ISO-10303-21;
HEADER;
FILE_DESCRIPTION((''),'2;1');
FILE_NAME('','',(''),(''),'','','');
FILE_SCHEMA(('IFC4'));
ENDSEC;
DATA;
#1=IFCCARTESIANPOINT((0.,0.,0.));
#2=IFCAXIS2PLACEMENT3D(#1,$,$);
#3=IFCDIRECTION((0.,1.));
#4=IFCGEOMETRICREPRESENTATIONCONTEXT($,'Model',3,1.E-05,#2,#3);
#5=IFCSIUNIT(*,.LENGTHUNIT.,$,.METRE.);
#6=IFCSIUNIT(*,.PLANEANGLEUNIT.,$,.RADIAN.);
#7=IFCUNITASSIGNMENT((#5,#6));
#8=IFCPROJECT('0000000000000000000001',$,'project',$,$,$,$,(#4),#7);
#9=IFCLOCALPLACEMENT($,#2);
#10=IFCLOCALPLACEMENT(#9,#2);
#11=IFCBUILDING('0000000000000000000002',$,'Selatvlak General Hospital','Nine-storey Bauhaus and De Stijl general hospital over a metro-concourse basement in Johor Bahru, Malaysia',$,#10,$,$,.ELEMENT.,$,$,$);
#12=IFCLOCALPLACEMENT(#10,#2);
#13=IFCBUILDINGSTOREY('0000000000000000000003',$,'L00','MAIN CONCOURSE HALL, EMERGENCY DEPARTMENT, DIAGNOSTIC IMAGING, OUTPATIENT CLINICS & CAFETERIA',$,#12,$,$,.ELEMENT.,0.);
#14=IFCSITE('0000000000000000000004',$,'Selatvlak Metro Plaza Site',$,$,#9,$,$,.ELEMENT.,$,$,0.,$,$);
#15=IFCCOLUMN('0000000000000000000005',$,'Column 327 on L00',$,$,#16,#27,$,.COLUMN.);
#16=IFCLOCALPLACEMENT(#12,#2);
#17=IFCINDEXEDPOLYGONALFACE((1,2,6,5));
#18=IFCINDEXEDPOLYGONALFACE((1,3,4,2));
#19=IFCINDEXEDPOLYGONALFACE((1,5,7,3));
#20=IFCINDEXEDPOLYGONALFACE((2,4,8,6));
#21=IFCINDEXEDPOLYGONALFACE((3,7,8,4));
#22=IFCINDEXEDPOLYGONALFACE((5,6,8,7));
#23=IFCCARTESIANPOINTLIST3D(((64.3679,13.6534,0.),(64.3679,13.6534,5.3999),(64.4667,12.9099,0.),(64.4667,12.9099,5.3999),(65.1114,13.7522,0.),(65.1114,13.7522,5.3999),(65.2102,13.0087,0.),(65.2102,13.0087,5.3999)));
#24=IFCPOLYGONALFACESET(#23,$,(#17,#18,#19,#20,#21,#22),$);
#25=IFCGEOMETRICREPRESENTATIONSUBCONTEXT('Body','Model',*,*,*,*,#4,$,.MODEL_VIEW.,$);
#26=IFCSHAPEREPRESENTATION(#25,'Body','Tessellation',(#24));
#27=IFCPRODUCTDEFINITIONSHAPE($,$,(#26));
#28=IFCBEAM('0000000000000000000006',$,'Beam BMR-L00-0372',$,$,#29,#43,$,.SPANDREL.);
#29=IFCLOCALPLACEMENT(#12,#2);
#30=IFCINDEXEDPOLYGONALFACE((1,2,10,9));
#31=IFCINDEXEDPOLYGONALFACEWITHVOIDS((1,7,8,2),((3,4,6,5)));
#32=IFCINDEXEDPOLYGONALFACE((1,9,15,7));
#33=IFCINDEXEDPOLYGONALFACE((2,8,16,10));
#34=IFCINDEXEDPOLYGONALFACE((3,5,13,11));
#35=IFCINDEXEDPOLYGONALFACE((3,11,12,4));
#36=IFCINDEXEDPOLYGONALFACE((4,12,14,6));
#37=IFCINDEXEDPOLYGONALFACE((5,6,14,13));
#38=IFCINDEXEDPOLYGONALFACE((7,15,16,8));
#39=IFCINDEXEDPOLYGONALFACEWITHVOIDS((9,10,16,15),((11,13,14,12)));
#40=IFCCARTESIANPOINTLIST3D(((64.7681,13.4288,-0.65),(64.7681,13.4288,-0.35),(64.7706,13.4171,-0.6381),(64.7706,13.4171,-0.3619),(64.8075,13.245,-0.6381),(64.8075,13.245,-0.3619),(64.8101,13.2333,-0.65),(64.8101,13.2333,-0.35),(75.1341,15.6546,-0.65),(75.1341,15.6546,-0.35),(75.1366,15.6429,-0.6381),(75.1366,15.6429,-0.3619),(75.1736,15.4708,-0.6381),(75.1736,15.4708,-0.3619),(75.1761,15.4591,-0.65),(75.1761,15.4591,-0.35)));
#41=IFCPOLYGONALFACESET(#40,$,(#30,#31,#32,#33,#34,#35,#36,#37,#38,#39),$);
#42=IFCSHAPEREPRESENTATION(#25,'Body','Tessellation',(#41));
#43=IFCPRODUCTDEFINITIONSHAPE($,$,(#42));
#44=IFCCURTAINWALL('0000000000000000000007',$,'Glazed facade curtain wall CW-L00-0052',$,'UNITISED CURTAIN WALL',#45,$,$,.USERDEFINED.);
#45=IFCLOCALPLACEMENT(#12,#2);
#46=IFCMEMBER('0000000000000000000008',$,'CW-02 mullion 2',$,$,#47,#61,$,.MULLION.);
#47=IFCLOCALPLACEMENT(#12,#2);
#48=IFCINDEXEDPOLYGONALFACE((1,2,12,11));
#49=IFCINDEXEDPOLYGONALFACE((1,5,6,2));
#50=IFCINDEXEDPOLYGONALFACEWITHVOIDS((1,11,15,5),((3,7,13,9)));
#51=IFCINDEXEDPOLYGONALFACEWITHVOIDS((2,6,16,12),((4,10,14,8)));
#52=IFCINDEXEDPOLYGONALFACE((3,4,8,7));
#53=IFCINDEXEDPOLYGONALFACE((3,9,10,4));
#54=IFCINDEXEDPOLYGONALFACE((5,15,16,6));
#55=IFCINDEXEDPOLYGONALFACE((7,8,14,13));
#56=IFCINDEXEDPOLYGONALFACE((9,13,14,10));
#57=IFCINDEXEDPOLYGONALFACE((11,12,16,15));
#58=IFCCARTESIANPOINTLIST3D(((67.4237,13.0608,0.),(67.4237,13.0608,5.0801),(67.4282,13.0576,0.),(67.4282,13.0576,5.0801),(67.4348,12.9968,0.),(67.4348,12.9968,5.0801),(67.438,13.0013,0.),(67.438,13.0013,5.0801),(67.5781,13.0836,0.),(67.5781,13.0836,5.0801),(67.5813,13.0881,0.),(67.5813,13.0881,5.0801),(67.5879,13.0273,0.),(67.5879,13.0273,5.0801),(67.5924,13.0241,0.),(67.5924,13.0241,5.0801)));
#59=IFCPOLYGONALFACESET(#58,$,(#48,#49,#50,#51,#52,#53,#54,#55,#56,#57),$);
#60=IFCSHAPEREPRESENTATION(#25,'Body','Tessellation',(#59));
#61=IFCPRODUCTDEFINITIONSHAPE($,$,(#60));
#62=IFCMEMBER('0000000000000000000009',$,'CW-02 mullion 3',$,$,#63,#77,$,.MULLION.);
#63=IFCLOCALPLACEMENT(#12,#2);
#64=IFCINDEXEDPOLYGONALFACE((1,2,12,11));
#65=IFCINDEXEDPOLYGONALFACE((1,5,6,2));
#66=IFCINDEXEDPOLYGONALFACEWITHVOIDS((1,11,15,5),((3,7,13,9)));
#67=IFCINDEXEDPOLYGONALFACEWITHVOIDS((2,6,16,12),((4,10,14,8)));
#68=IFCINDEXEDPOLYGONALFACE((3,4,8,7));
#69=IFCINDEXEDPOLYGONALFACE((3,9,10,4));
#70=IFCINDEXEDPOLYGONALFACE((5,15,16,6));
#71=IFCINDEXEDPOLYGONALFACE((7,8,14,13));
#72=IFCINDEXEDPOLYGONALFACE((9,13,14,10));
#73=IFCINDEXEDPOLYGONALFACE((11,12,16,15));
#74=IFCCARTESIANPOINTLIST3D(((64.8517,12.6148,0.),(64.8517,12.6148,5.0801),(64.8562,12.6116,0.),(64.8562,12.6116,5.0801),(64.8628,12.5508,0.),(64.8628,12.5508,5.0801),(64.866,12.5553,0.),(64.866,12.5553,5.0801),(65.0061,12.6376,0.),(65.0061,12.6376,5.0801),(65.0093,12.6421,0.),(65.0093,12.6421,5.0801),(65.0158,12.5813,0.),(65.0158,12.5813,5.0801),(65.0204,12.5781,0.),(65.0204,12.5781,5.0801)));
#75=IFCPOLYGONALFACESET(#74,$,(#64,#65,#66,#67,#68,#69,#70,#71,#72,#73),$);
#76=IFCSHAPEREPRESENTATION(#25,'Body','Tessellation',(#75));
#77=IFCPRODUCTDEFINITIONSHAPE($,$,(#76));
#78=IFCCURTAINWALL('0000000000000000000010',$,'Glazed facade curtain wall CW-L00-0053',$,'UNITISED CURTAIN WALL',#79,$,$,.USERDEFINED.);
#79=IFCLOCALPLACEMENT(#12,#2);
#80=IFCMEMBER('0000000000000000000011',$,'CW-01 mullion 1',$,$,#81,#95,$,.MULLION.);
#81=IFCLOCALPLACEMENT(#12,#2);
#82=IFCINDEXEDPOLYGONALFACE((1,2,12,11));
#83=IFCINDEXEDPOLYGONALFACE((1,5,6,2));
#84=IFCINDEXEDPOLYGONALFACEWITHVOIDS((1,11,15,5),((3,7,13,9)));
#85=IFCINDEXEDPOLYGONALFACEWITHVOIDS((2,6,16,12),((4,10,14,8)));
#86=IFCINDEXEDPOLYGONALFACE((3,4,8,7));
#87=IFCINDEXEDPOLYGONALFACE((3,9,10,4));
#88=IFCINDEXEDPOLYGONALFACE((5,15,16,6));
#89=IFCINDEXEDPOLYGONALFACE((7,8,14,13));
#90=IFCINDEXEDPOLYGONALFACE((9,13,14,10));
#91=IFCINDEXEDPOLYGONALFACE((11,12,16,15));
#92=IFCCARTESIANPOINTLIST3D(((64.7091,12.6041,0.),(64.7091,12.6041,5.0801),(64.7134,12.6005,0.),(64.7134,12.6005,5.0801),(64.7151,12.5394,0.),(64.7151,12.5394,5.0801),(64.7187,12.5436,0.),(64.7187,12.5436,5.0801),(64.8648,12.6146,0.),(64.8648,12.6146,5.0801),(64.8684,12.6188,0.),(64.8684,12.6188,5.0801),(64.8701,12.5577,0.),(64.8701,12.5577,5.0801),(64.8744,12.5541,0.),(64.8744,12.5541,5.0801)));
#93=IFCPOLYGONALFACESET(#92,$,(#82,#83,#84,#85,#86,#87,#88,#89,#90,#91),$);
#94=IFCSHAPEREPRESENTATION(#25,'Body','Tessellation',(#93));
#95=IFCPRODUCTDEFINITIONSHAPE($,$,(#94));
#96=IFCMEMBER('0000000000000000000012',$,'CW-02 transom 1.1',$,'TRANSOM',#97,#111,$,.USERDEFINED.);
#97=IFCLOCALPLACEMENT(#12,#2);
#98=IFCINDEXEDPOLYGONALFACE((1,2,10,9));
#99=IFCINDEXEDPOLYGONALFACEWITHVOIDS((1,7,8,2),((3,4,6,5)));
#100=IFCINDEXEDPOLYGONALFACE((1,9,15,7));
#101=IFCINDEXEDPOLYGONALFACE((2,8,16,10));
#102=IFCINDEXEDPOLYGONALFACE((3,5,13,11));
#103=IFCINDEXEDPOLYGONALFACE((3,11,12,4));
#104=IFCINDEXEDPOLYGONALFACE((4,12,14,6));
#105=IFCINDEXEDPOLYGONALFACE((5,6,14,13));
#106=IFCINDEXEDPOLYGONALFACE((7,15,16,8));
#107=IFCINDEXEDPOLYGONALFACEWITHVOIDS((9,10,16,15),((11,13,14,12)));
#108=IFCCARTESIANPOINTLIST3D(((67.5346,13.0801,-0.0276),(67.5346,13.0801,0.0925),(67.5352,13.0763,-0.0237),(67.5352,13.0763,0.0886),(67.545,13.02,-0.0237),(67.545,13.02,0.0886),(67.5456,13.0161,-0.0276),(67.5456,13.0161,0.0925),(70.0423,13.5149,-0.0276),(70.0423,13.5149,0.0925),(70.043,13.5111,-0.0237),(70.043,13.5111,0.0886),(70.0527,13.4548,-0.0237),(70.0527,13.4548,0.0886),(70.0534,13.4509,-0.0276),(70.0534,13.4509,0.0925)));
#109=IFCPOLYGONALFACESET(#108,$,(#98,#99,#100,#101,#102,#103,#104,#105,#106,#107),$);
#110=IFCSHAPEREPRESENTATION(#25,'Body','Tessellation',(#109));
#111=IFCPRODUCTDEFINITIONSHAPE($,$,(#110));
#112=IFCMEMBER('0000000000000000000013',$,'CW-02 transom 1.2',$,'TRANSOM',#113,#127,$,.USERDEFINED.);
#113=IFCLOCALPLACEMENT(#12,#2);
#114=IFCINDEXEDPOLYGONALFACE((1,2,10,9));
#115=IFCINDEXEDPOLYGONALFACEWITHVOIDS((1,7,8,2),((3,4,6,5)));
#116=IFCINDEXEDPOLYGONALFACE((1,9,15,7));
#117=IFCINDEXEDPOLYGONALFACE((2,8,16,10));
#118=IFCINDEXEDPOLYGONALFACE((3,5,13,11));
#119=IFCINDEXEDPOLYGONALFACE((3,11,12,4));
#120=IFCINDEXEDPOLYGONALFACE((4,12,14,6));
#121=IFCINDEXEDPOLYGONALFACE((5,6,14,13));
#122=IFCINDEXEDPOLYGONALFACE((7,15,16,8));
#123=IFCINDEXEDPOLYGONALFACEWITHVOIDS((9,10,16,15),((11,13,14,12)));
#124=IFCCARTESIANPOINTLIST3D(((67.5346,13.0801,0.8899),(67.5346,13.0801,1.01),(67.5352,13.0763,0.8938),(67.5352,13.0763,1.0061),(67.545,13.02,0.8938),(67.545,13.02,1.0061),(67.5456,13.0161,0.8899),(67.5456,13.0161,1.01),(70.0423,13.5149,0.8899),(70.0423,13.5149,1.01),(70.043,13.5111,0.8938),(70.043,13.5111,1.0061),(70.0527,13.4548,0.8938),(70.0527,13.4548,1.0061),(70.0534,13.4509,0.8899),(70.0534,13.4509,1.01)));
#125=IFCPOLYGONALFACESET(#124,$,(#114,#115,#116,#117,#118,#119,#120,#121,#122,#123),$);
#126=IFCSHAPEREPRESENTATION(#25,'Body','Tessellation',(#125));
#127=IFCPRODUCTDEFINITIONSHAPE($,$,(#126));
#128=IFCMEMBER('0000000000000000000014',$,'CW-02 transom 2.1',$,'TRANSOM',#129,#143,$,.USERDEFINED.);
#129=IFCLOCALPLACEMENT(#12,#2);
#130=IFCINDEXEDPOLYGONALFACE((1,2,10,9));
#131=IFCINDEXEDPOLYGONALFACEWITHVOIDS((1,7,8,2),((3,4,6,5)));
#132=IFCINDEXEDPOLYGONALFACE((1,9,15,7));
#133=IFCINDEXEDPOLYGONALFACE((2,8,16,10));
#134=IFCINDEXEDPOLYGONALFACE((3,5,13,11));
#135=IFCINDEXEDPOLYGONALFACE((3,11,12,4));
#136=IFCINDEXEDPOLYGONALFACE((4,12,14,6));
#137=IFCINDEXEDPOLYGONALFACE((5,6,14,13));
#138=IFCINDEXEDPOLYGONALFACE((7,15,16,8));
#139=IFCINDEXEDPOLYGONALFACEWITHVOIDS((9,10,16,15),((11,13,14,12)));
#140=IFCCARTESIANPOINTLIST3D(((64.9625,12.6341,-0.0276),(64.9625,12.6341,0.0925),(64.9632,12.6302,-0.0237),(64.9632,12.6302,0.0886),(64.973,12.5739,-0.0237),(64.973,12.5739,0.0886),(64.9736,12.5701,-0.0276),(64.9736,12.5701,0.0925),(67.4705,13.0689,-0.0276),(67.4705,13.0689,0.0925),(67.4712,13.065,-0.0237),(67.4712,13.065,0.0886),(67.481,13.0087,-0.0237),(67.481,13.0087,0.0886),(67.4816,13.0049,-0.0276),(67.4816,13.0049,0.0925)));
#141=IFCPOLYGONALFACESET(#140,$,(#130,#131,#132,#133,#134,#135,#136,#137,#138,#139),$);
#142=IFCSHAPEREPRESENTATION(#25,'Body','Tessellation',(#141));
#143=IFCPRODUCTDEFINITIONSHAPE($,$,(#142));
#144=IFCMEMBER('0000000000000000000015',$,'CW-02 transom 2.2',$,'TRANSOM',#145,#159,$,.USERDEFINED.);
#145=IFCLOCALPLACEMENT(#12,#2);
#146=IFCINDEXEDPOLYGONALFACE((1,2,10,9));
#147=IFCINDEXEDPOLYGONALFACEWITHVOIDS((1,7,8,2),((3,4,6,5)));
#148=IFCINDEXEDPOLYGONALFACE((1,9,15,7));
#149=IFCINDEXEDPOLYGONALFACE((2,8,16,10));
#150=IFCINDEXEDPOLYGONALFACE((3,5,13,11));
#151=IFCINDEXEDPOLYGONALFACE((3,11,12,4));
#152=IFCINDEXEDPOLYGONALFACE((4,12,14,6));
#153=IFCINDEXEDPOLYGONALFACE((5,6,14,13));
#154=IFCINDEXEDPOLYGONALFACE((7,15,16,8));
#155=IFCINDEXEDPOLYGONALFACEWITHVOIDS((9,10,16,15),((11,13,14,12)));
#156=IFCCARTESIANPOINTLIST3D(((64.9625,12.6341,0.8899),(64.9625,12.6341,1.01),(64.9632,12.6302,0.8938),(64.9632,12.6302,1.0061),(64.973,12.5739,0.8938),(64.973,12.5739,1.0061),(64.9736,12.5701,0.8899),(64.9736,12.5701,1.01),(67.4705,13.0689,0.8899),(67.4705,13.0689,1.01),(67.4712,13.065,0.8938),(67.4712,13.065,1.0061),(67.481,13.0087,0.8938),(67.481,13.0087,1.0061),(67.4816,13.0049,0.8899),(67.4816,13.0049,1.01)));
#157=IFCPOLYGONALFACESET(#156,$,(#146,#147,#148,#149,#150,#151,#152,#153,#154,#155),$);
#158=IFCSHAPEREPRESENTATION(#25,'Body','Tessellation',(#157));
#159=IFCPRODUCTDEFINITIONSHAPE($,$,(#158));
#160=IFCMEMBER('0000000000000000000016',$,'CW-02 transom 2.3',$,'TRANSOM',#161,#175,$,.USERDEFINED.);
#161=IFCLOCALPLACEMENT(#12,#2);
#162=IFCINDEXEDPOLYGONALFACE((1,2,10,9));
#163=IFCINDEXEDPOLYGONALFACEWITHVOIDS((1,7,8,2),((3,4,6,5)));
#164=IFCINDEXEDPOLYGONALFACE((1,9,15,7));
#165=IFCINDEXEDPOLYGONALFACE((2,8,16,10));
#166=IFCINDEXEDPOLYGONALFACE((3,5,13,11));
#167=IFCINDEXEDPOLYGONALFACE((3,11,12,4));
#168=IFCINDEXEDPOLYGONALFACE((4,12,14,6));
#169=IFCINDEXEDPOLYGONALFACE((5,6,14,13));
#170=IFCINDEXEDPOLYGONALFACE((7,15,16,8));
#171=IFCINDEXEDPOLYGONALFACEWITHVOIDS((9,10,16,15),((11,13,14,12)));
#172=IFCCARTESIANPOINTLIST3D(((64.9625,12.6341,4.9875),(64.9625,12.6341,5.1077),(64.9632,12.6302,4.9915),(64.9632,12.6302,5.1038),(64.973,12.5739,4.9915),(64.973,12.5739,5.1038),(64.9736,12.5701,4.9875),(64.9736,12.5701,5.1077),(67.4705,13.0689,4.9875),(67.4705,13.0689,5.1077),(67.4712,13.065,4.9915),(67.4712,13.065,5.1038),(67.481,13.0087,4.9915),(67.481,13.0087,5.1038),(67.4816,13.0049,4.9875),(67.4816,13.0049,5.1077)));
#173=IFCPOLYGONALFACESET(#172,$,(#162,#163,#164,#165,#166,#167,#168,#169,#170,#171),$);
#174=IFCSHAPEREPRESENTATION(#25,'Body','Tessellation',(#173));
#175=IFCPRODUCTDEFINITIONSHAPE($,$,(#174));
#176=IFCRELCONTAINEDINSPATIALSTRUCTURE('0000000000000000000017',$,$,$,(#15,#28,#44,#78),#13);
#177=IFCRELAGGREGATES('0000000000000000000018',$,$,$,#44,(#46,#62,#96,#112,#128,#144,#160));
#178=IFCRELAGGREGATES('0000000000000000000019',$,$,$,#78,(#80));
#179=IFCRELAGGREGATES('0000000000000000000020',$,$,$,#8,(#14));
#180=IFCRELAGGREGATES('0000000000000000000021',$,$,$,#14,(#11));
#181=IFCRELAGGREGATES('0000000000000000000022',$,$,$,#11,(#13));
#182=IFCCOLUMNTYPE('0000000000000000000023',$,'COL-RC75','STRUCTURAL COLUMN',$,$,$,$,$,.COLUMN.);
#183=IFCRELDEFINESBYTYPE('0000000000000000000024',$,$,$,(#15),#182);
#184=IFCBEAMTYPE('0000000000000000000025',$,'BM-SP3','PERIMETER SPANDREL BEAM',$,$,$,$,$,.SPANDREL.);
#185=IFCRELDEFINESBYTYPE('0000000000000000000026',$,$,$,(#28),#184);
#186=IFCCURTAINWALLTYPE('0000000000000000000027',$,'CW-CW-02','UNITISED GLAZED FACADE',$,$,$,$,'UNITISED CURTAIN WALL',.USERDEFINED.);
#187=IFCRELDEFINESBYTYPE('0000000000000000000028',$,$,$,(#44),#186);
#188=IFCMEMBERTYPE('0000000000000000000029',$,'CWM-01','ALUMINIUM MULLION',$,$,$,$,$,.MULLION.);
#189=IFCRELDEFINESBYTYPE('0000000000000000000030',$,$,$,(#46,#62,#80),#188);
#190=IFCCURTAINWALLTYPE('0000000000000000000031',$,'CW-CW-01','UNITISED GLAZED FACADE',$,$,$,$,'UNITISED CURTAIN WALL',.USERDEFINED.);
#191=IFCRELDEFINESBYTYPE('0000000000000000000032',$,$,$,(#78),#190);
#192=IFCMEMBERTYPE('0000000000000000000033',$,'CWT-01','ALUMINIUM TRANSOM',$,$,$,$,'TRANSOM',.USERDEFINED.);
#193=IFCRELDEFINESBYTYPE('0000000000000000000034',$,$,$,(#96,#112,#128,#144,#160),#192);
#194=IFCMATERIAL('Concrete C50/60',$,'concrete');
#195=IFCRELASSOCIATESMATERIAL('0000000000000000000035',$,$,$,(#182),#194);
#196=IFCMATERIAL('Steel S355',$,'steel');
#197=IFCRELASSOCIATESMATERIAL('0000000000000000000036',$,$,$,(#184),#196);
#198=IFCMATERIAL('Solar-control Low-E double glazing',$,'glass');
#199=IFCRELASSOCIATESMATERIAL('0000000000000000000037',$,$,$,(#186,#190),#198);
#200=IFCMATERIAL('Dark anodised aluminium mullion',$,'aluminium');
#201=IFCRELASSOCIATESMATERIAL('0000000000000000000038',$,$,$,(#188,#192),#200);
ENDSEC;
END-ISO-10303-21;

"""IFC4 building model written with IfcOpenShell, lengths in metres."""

from ifc_helpers import new_model, si_unit, direction, frame, origin, origin_2d, place, context, subcontext, project, spatial, rectangle, hollow_rectangle, extrude, material, material_profile, profile_set, type_object, element, aggregate, save


model = new_model("IFC4")

# Units and contexts
model_context = context("Model", 3, precision=1e-05, world=origin(), true_north=direction((0.0, 1.0)))
body_context = subcontext(model_context, "Body", "Model", "MODEL_VIEW")
ifc_project = project(units=[si_unit("LENGTHUNIT", "METRE"), si_unit("PLANEANGLEUNIT", "RADIAN")], contexts=[model_context])

# Site, building, storey
site_placement = place(None, origin())
site = spatial("IfcSite", under=ifc_project, at=site_placement, Name="Selatvlak Metro Plaza Site", CompositionType="ELEMENT", RefElevation=0.0)
building_placement = place(site_placement, origin())
building = spatial("IfcBuilding", under=site, at=building_placement, Name="Selatvlak General Hospital", Description="Nine-storey Bauhaus and De Stijl general hospital over a metro-concourse basement in Johor Bahru, Malaysia", CompositionType="ELEMENT")
storey_placement = place(building_placement, origin())
storey = spatial("IfcBuildingStorey", under=building, at=storey_placement, Name="L00", Description="MAIN CONCOURSE HALL, EMERGENCY DEPARTMENT, DIAGNOSTIC IMAGING, OUTPATIENT CLINICS & CAFETERIA", CompositionType="ELEMENT", Elevation=0.0)

# Column
ifc_material_1 = material(Name="Concrete C50/60", Category="concrete")
ifc_material_profile_1 = material_profile(ifc_material_1, rectangle(XDim=0.75, YDim=0.75, at=origin_2d()), Name="RC-COL 750x750")
ifc_profile_set_1 = profile_set([ifc_material_profile_1], Name="Concrete C50/60")
column_type = type_object("IfcColumnType", Name="COL-RC75", Description="STRUCTURAL COLUMN", PredefinedType="COLUMN", material=ifc_profile_set_1)
column_placement = place(storey_placement, frame((64.7891, 13.3311, 0.0), z_axis=(0.0, 0.0, 1.0), x_axis=(-0.131737, 0.991285, 0.0)))
element("IfcColumn", 1, at=column_placement, inside=storey, type_object=column_type, Name="Column 327 on L00", PredefinedType="COLUMN", context=body_context, shape_type="SweptSolid", body=[
    extrude(rectangle(XDim=0.75, YDim=0.75, at=origin_2d()), origin(), (0.0, 0.0, 1.0), 5.3999),
])

# Beam
ifc_material_2 = material(Name="Steel S355", Category="steel")
ifc_material_profile_2 = material_profile(ifc_material_2, hollow_rectangle(XDim=0.2, YDim=0.3, WallThickness=0.012, at=origin_2d()), Name="RHS 300x200x12")
ifc_profile_set_2 = profile_set([ifc_material_profile_2], Name="Steel S355")
beam_type = type_object("IfcBeamType", Name="BM-SP3", Description="PERIMETER SPANDREL BEAM", PredefinedType="SPANDREL", material=ifc_profile_set_2)
beam_placement = place(storey_placement, frame((64.7891, 13.3311, -0.5), z_axis=(0.977714, 0.20994, 0.0), x_axis=(-0.20994, 0.977714, 0.0)))
element("IfcBeam", 2, at=beam_placement, inside=storey, type_object=beam_type, Name="Beam BMR-L00-0372", PredefinedType="SPANDREL", context=body_context, shape_type="SweptSolid", body=[
    extrude(hollow_rectangle(XDim=0.2, YDim=0.3, WallThickness=0.012, at=origin_2d()), origin(), (0.0, 0.0, 1.0), 10.6023),
])

# Curtain wall, members
ifc_material_3 = material(Name="Solar-control Low-E double glazing", Category="glass")
curtain_wall_type_1 = type_object("IfcCurtainWallType", Name="CW-CW-02", Description="UNITISED GLAZED FACADE", ElementType="UNITISED CURTAIN WALL", PredefinedType="USERDEFINED", material=ifc_material_3)
curtain_wall_1_placement = place(storey_placement, origin())
curtain_wall_1 = element("IfcCurtainWall", 3, at=curtain_wall_1_placement, inside=storey, type_object=curtain_wall_type_1, Name="Glazed facade curtain wall CW-L00-0052", ObjectType="UNITISED CURTAIN WALL", PredefinedType="USERDEFINED")
ifc_material_4 = material(Name="Dark anodised aluminium mullion", Category="aluminium")
ifc_material_profile_3 = material_profile(ifc_material_4, hollow_rectangle(XDim=0.0649, YDim=0.1599, WallThickness=0.0039, at=origin_2d()), Name="AL-MUL 65x160x4")
ifc_profile_set_3 = profile_set([ifc_material_profile_3], Name="Dark anodised aluminium mullion")
member_type_1 = type_object("IfcMemberType", Name="CWM-01", Description="ALUMINIUM MULLION", PredefinedType="MULLION", material=ifc_profile_set_3)
member_1_placement = place(storey_placement, frame((67.5081, 13.0425, 0.0), z_axis=(0.0, 0.0, 1.0), x_axis=(0.170838, -0.985299, 0.0)))
member_1 = element("IfcMember", 4, at=member_1_placement, type_object=member_type_1, Name="CW-02 mullion 2", PredefinedType="MULLION", context=body_context, shape_type="SweptSolid", body=[
    extrude(hollow_rectangle(XDim=0.0649, YDim=0.1599, WallThickness=0.0039, at=origin_2d()), origin(), (0.0, 0.0, 1.0), 5.0801),
])
member_2_placement = place(storey_placement, frame((64.936, 12.5964, 0.0), z_axis=(0.0, 0.0, 1.0), x_axis=(0.170838, -0.985299, 0.0)))
member_2 = element("IfcMember", 5, at=member_2_placement, type_object=member_type_1, Name="CW-02 mullion 3", PredefinedType="MULLION", context=body_context, shape_type="SweptSolid", body=[
    extrude(hollow_rectangle(XDim=0.0649, YDim=0.1599, WallThickness=0.0039, at=origin_2d()), origin(), (0.0, 0.0, 1.0), 5.0801),
])

# Curtain wall, member
curtain_wall_type_2 = type_object("IfcCurtainWallType", Name="CW-CW-01", Description="UNITISED GLAZED FACADE", ElementType="UNITISED CURTAIN WALL", PredefinedType="USERDEFINED", material=ifc_material_3)
curtain_wall_2_placement = place(storey_placement, origin())
curtain_wall_2 = element("IfcCurtainWall", 6, at=curtain_wall_2_placement, inside=storey, type_object=curtain_wall_type_2, Name="Glazed facade curtain wall CW-L00-0053", ObjectType="UNITISED CURTAIN WALL", PredefinedType="USERDEFINED")
member_3_placement = place(storey_placement, frame((64.7917, 12.5791, 0.0), z_axis=(0.0, 0.0, 1.0), x_axis=(0.092292, -0.995732, 0.0)))
member_3 = element("IfcMember", 7, at=member_3_placement, type_object=member_type_1, Name="CW-01 mullion 1", PredefinedType="MULLION", context=body_context, shape_type="SweptSolid", body=[
    extrude(hollow_rectangle(XDim=0.0649, YDim=0.1599, WallThickness=0.0039, at=origin_2d()), origin(), (0.0, 0.0, 1.0), 5.0801),
])

# Members
ifc_material_profile_4 = material_profile(ifc_material_4, hollow_rectangle(XDim=0.0649, YDim=0.1201, WallThickness=0.0039, at=origin_2d()), Name="AL-TRN 65x120x4")
ifc_profile_set_4 = profile_set([ifc_material_profile_4], Name="Dark anodised aluminium mullion")
member_type_2 = type_object("IfcMemberType", Name="CWT-01", Description="ALUMINIUM TRANSOM", ElementType="TRANSOM", PredefinedType="USERDEFINED", material=ifc_profile_set_4)
member_4_placement = place(storey_placement, frame((70.0479, 13.4829, 0.0325), z_axis=(-0.9853, -0.170835, 0.0), x_axis=(0.170835, -0.9853, 0.0)))
member_4 = element("IfcMember", 8, at=member_4_placement, type_object=member_type_2, Name="CW-02 transom 1.1", ObjectType="TRANSOM", PredefinedType="USERDEFINED", context=body_context, shape_type="SweptSolid", body=[
    extrude(hollow_rectangle(XDim=0.0649, YDim=0.1201, WallThickness=0.0039, at=origin_2d()), origin(), (0.0, 0.0, 1.0), 2.5452),
])
member_5_placement = place(storey_placement, frame((70.0479, 13.4829, 0.95), z_axis=(-0.9853, -0.170835, 0.0), x_axis=(0.170835, -0.9853, 0.0)))
member_5 = element("IfcMember", 9, at=member_5_placement, type_object=member_type_2, Name="CW-02 transom 1.2", ObjectType="TRANSOM", PredefinedType="USERDEFINED", context=body_context, shape_type="SweptSolid", body=[
    extrude(hollow_rectangle(XDim=0.0649, YDim=0.1201, WallThickness=0.0039, at=origin_2d()), origin(), (0.0, 0.0, 1.0), 2.5452),
])
member_6_placement = place(storey_placement, frame((67.4761, 13.0369, 0.0325), z_axis=(-0.985302, -0.170819, 0.0), x_axis=(0.170819, -0.985302, 0.0)))
member_6 = element("IfcMember", 10, at=member_6_placement, type_object=member_type_2, Name="CW-02 transom 2.1", ObjectType="TRANSOM", PredefinedType="USERDEFINED", context=body_context, shape_type="SweptSolid", body=[
    extrude(hollow_rectangle(XDim=0.0649, YDim=0.1201, WallThickness=0.0039, at=origin_2d()), origin(), (0.0, 0.0, 1.0), 2.5454),
])
member_7_placement = place(storey_placement, frame((67.4761, 13.0369, 0.95), z_axis=(-0.985302, -0.170819, 0.0), x_axis=(0.170819, -0.985302, 0.0)))
member_7 = element("IfcMember", 11, at=member_7_placement, type_object=member_type_2, Name="CW-02 transom 2.2", ObjectType="TRANSOM", PredefinedType="USERDEFINED", context=body_context, shape_type="SweptSolid", body=[
    extrude(hollow_rectangle(XDim=0.0649, YDim=0.1201, WallThickness=0.0039, at=origin_2d()), origin(), (0.0, 0.0, 1.0), 2.5454),
])
member_8_placement = place(storey_placement, frame((67.4761, 13.0369, 5.0476), z_axis=(-0.985302, -0.170819, 0.0), x_axis=(0.170819, -0.985302, 0.0)))
member_8 = element("IfcMember", 12, at=member_8_placement, type_object=member_type_2, Name="CW-02 transom 2.3", ObjectType="TRANSOM", PredefinedType="USERDEFINED", context=body_context, shape_type="SweptSolid", body=[
    extrude(hollow_rectangle(XDim=0.0649, YDim=0.1201, WallThickness=0.0039, at=origin_2d()), origin(), (0.0, 0.0, 1.0), 2.5454),
])

aggregate(curtain_wall_1, [member_1, member_2, member_4, member_5, member_6, member_7, member_8])
aggregate(curtain_wall_2, [member_3])

save(model, "model.ifc")
